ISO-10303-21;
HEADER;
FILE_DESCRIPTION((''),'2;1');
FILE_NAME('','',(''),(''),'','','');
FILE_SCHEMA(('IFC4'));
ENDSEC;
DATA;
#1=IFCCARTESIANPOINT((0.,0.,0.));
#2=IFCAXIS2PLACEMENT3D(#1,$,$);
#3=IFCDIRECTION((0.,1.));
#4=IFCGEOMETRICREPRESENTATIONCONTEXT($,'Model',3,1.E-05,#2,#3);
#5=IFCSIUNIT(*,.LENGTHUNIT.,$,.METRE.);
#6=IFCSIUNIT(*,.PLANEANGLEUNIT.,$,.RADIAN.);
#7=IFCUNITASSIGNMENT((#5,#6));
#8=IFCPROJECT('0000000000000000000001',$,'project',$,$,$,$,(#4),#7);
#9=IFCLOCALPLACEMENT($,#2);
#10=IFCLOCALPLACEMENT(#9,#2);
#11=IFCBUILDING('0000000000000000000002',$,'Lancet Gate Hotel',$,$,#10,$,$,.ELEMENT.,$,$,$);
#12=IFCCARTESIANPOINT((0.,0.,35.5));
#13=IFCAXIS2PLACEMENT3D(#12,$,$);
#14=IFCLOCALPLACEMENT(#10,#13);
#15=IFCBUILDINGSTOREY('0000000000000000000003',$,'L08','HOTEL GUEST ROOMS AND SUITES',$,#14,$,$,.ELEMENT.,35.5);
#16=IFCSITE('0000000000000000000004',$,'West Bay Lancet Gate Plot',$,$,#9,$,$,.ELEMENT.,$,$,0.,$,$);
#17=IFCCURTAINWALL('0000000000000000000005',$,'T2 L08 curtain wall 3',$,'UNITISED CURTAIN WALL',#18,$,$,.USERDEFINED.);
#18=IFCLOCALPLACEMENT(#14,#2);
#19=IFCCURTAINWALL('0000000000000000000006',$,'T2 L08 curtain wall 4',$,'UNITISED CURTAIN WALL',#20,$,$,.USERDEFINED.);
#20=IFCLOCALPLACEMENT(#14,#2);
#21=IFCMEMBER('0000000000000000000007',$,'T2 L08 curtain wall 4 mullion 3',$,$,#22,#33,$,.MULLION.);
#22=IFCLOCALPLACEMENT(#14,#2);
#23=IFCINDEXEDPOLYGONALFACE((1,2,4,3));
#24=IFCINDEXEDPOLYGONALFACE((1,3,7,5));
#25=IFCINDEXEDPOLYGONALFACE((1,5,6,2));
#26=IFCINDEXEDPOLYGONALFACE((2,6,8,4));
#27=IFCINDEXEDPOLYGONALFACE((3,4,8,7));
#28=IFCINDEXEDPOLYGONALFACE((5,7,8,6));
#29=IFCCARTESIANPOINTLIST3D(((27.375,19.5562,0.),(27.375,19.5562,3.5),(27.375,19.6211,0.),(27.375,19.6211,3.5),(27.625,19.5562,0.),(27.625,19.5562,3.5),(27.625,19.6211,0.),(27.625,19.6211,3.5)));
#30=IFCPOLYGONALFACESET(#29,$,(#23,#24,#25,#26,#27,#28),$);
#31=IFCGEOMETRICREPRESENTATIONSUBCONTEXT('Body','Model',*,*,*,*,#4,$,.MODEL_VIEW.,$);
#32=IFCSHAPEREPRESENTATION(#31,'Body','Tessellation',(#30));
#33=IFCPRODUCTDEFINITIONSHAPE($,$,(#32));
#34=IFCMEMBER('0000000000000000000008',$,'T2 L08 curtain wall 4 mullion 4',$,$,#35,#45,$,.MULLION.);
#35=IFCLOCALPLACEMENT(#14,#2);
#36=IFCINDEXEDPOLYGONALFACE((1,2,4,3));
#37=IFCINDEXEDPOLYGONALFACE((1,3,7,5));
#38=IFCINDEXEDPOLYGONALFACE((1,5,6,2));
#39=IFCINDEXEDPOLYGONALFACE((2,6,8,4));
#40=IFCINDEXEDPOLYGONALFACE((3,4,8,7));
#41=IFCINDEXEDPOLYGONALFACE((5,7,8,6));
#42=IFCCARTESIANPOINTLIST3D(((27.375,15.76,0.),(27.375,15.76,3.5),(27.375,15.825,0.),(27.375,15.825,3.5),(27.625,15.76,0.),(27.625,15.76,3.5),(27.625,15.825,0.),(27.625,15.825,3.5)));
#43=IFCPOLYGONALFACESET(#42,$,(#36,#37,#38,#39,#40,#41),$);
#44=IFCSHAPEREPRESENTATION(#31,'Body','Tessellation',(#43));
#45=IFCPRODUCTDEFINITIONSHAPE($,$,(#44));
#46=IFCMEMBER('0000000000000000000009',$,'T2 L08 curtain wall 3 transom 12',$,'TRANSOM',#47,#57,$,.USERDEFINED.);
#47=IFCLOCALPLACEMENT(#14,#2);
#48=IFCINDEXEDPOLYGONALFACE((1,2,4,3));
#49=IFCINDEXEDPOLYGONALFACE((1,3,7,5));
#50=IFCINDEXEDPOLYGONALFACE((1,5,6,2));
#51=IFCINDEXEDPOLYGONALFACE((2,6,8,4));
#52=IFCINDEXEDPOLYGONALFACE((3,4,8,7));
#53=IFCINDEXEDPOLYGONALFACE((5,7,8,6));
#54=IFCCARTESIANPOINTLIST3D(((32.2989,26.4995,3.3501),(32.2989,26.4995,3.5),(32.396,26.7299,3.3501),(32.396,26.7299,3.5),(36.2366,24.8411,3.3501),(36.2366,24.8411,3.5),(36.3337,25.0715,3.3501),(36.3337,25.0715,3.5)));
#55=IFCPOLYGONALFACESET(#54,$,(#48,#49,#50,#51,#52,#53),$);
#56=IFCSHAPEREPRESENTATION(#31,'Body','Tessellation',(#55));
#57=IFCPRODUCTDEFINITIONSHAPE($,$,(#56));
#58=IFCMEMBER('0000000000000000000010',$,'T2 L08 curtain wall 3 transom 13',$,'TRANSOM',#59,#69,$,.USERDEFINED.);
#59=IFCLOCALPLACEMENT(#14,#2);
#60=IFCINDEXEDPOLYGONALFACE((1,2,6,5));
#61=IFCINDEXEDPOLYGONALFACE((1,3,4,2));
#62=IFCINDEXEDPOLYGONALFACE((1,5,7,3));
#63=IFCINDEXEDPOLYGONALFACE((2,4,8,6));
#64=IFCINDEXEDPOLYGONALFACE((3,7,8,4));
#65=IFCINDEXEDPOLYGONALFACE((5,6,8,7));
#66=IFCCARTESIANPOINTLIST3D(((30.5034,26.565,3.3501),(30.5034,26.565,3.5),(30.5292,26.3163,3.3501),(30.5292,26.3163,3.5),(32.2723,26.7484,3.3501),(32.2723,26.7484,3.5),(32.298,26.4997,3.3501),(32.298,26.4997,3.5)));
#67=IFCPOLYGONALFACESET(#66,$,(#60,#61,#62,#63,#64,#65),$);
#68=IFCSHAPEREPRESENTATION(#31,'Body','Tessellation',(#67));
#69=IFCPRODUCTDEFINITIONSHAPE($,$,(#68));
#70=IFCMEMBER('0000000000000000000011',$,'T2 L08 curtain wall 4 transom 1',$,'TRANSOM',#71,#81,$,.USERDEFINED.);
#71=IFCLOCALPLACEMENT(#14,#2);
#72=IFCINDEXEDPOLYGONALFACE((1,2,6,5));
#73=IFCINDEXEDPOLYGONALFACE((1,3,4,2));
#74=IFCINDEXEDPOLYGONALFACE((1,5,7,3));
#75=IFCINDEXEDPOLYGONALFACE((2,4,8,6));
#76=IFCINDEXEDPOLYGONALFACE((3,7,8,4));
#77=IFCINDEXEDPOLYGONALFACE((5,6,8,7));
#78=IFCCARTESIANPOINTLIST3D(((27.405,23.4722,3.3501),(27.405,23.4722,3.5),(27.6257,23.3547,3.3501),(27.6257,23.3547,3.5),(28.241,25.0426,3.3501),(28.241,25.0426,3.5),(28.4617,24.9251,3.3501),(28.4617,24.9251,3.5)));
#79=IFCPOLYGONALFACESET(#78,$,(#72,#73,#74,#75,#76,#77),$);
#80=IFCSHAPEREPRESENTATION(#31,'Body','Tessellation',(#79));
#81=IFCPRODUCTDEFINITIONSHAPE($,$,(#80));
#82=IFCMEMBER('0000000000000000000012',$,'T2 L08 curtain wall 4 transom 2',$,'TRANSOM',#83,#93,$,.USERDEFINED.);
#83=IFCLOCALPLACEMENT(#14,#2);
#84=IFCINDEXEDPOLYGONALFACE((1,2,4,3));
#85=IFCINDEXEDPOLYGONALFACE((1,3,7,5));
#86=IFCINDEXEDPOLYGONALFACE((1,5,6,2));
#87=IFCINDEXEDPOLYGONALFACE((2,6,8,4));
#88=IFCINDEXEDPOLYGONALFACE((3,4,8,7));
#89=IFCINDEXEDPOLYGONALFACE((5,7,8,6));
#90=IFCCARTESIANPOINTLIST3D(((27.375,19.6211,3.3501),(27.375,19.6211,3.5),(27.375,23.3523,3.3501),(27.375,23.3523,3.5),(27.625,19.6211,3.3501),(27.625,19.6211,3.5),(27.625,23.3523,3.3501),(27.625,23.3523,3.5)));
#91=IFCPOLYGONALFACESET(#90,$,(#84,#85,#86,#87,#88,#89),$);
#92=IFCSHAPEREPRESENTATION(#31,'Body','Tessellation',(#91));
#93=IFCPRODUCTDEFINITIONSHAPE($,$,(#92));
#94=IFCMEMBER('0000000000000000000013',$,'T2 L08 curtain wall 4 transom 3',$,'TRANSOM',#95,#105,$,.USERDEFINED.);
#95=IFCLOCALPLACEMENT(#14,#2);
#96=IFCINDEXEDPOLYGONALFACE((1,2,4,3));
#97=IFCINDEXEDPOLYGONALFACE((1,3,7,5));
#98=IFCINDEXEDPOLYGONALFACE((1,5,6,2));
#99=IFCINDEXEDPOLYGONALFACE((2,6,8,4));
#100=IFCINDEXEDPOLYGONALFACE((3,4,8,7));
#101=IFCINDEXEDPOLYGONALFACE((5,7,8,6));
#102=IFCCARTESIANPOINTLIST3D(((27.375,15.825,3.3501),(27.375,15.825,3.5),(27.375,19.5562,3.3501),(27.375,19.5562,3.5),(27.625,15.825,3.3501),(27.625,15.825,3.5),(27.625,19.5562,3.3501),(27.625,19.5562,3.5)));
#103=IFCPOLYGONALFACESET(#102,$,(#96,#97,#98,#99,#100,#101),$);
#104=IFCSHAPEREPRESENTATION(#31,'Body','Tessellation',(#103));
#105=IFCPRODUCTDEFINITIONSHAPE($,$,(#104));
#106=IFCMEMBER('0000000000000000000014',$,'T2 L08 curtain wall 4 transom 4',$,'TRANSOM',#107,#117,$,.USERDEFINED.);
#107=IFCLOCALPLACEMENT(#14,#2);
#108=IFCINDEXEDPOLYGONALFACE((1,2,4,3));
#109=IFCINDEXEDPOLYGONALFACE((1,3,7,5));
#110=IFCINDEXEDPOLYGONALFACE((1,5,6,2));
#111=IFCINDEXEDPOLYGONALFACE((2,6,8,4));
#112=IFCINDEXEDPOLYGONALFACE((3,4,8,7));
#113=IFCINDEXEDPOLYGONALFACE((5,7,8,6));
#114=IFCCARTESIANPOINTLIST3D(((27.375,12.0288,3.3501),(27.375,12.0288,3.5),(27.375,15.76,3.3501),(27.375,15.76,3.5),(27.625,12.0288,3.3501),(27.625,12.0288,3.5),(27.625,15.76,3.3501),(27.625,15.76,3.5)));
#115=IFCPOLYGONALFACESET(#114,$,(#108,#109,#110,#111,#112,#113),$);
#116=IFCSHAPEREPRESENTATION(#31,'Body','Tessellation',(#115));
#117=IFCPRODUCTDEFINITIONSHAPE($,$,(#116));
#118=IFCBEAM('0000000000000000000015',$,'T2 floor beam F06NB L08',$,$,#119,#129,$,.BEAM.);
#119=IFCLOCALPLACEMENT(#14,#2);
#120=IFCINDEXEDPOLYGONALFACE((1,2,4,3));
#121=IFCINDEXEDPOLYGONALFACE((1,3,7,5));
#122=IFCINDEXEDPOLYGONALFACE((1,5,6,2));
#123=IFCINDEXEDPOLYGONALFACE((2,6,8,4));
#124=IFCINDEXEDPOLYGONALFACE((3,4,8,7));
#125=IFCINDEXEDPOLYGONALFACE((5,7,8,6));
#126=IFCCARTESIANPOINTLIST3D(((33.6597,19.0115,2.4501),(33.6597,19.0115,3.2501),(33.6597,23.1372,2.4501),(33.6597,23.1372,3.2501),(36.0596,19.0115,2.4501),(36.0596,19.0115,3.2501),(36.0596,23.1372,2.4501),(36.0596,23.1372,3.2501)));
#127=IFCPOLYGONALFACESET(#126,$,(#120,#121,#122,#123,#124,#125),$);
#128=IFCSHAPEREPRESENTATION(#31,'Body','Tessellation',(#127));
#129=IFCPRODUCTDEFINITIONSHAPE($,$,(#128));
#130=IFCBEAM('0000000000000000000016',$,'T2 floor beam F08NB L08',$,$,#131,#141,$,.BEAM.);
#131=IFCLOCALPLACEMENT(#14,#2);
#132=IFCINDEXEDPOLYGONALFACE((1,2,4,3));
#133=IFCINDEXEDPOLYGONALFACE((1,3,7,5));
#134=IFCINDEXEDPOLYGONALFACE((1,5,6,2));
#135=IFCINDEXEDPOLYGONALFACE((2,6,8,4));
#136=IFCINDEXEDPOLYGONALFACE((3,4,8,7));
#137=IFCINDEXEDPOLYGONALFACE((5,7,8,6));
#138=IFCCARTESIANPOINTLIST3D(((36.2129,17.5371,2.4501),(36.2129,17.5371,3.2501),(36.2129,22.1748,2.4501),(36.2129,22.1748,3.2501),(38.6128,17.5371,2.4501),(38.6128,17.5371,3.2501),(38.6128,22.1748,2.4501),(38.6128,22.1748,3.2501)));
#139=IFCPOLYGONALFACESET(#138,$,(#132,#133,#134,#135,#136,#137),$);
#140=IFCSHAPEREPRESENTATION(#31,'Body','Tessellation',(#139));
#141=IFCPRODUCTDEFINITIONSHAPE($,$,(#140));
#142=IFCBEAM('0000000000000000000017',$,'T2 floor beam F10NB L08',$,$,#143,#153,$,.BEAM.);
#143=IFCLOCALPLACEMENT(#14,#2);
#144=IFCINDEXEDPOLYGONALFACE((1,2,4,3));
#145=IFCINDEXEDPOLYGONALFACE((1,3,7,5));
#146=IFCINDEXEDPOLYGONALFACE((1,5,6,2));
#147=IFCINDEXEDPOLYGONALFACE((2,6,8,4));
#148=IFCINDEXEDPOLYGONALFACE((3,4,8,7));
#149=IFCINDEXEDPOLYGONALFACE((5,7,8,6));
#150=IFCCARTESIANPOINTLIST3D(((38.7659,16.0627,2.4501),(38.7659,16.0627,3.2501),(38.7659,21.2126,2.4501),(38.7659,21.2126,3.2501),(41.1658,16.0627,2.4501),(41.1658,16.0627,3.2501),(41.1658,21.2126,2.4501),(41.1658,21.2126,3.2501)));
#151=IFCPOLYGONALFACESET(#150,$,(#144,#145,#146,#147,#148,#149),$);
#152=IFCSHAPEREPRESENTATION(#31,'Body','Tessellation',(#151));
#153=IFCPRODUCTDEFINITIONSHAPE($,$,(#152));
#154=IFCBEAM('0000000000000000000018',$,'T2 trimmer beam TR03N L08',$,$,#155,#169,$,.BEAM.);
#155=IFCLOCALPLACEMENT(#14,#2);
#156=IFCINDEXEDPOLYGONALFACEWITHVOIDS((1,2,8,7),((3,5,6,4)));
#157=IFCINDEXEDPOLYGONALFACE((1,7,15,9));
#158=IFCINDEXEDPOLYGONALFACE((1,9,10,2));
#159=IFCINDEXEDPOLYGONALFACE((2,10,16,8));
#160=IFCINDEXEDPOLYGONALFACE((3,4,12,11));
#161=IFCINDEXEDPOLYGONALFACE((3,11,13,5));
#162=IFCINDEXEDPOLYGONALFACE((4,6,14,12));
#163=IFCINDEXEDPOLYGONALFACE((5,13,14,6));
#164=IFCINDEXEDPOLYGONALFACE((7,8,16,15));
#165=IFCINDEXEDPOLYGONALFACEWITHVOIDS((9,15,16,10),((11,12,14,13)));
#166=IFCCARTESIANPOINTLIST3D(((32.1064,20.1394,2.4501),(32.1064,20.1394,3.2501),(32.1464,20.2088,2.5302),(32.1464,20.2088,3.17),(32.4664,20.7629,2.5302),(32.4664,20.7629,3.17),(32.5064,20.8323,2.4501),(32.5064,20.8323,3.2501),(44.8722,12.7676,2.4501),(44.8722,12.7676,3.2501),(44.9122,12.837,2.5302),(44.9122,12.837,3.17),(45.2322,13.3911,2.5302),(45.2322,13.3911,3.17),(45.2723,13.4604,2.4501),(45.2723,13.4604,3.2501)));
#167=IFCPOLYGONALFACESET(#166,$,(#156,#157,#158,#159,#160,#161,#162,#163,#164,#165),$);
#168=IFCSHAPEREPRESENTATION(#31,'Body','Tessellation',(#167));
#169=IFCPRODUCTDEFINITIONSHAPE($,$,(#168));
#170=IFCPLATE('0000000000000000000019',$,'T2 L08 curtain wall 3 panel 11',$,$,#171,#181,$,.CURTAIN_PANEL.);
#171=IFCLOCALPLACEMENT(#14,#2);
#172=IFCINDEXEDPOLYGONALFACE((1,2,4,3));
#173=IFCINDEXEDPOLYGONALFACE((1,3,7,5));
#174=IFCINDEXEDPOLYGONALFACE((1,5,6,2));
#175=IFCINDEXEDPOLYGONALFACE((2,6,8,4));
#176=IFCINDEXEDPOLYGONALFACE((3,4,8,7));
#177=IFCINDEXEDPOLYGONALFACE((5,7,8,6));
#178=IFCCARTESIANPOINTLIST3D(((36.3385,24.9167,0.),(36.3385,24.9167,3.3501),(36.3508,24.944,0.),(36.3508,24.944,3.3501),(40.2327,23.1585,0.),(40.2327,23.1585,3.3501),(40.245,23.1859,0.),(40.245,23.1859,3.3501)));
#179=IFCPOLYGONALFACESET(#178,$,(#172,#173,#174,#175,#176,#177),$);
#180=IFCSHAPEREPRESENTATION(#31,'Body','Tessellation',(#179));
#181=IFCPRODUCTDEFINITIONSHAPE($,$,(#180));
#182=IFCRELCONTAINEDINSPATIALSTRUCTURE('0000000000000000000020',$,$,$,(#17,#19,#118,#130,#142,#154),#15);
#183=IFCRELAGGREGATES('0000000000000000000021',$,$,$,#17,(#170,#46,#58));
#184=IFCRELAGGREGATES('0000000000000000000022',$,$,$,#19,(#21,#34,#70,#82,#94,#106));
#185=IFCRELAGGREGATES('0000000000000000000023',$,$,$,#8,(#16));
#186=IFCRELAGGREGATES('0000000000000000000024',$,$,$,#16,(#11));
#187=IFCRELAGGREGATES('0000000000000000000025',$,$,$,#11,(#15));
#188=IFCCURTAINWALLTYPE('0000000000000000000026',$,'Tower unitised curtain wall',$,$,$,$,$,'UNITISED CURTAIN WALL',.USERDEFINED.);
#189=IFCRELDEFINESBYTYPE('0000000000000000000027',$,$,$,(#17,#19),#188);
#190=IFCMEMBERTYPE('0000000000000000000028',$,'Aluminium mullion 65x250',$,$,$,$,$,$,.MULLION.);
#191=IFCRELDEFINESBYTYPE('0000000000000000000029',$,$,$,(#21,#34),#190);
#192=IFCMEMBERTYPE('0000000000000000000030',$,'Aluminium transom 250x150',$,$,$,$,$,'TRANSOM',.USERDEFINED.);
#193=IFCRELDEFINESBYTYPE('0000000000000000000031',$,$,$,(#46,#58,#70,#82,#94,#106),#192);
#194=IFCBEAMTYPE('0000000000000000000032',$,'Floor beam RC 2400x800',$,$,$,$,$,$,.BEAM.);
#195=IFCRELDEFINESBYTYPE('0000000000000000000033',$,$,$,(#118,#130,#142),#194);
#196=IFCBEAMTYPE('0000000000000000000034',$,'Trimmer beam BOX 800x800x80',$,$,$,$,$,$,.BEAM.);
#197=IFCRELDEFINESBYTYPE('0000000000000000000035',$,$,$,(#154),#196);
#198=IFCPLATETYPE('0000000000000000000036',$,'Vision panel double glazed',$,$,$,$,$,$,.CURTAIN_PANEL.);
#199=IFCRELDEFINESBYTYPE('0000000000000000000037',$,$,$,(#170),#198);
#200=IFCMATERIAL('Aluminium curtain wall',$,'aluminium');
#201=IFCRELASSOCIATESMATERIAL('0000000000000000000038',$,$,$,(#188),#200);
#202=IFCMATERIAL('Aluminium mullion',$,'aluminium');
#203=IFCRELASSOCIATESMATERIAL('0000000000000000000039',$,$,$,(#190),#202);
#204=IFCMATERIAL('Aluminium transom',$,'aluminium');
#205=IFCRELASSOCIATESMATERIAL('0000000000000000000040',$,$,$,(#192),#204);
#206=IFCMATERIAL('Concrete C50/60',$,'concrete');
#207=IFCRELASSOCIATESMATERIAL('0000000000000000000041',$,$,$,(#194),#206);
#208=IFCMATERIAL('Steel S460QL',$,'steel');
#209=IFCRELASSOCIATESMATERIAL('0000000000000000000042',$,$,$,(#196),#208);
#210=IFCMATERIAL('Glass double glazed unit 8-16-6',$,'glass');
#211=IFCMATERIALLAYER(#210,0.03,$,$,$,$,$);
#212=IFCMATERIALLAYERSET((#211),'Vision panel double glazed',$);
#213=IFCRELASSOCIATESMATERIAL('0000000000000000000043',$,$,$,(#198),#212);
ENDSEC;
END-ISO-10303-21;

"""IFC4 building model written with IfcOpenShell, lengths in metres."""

from ifc_helpers import new_model, si_unit, direction, frame, origin, origin_2d, place, context, subcontext, project, spatial, rectangle, hollow_rectangle, extrude, material, layer, layer_set, material_profile, profile_set, type_object, element, aggregate, save


model = new_model("IFC4")

# Units and contexts
model_context = context("Model", 3, precision=1e-05, world=origin(), true_north=direction((0.0, 1.0)))
body_context = subcontext(model_context, "Body", "Model", "MODEL_VIEW")
ifc_project = project(units=[si_unit("LENGTHUNIT", "METRE"), si_unit("PLANEANGLEUNIT", "RADIAN")], contexts=[model_context])

# Site, building, storey
site_placement = place(None, origin())
site = spatial("IfcSite", under=ifc_project, at=site_placement, Name="West Bay Lancet Gate Plot", CompositionType="ELEMENT", RefElevation=0.0)
building_placement = place(site_placement, origin())
building = spatial("IfcBuilding", under=site, at=building_placement, Name="Lancet Gate Hotel", CompositionType="ELEMENT")
storey_placement = place(building_placement, frame((0.0, 0.0, 35.5)))
storey = spatial("IfcBuildingStorey", under=building, at=storey_placement, Name="L08", Description="HOTEL GUEST ROOMS AND SUITES", CompositionType="ELEMENT", Elevation=35.5)

# Curtain walls, members
ifc_material_1 = material(Name="Aluminium curtain wall", Category="aluminium")
curtain_wall_type = type_object("IfcCurtainWallType", Name="Tower unitised curtain wall", ElementType="UNITISED CURTAIN WALL", PredefinedType="USERDEFINED", material=ifc_material_1)
curtain_wall_1_placement = place(storey_placement, origin())
curtain_wall_1 = element("IfcCurtainWall", 1, at=curtain_wall_1_placement, inside=storey, type_object=curtain_wall_type, Name="T2 L08 curtain wall 3", ObjectType="UNITISED CURTAIN WALL", PredefinedType="USERDEFINED")
ifc_material_2 = material(Name="Aluminium mullion", Category="aluminium")
ifc_material_profile_1 = material_profile(ifc_material_2, rectangle(XDim=0.0649, YDim=0.25, at=origin_2d()), Name="MULLION 65x250")
ifc_profile_set_1 = profile_set([ifc_material_profile_1], Name="Aluminium mullion")
member_type_1 = type_object("IfcMemberType", Name="Aluminium mullion 65x250", PredefinedType="MULLION", material=ifc_profile_set_1)
curtain_wall_2_placement = place(storey_placement, origin())
curtain_wall_2 = element("IfcCurtainWall", 2, at=curtain_wall_2_placement, inside=storey, type_object=curtain_wall_type, Name="T2 L08 curtain wall 4", ObjectType="UNITISED CURTAIN WALL", PredefinedType="USERDEFINED")
member_1_placement = place(storey_placement, frame((27.5, 19.5886, 0.0), z_axis=(0.0, 0.0, 1.0), x_axis=(0.0, -1.0, 0.0)))
member_1 = element("IfcMember", 3, at=member_1_placement, type_object=member_type_1, Name="T2 L08 curtain wall 4 mullion 3", PredefinedType="MULLION", context=body_context, shape_type="SweptSolid", body=[
    extrude(rectangle(XDim=0.0649, YDim=0.25, at=origin_2d()), origin(), (0.0, 0.0, 1.0), 3.5),
])
member_2_placement = place(storey_placement, frame((27.5, 15.7925, 0.0), z_axis=(0.0, 0.0, 1.0), x_axis=(0.0, -1.0, 0.0)))
member_2 = element("IfcMember", 4, at=member_2_placement, type_object=member_type_1, Name="T2 L08 curtain wall 4 mullion 4", PredefinedType="MULLION", context=body_context, shape_type="SweptSolid", body=[
    extrude(rectangle(XDim=0.0649, YDim=0.25, at=origin_2d()), origin(), (0.0, 0.0, 1.0), 3.5),
])

# Members
ifc_material_3 = material(Name="Aluminium transom", Category="aluminium")
ifc_material_profile_2 = material_profile(ifc_material_3, rectangle(XDim=0.25, YDim=0.1499, at=origin_2d()), Name="TRANSOM 250x150")
ifc_profile_set_2 = profile_set([ifc_material_profile_2], Name="Aluminium transom")
member_type_2 = type_object("IfcMemberType", Name="Aluminium transom 250x150", ElementType="TRANSOM", PredefinedType="USERDEFINED", material=ifc_profile_set_2)
member_3_placement = place(storey_placement, frame((36.2852, 24.9563, 3.425), z_axis=(-0.921598, 0.388146, 0.0), x_axis=(-0.388146, -0.921598, 0.0)))
member_3 = element("IfcMember", 5, at=member_3_placement, type_object=member_type_2, Name="T2 L08 curtain wall 3 transom 12", ObjectType="TRANSOM", PredefinedType="USERDEFINED", context=body_context, shape_type="SweptSolid", body=[
    extrude(rectangle(XDim=0.25, YDim=0.1499, at=origin_2d()), origin(), (0.0, 0.0, 1.0), 4.2727),
])
member_4_placement = place(storey_placement, frame((32.2852, 26.624, 3.425), z_axis=(-0.99467, -0.103105, 0.0), x_axis=(0.103105, -0.99467, 0.0)))
member_4 = element("IfcMember", 6, at=member_4_placement, type_object=member_type_2, Name="T2 L08 curtain wall 3 transom 13", ObjectType="TRANSOM", PredefinedType="USERDEFINED", context=body_context, shape_type="SweptSolid", body=[
    extrude(rectangle(XDim=0.25, YDim=0.1499, at=origin_2d()), origin(), (0.0, 0.0, 1.0), 1.7783),
])
member_5_placement = place(storey_placement, frame((28.3513, 24.9839, 3.425), z_axis=(-0.469904, -0.882717, 0.0), x_axis=(0.882717, -0.469904, 0.0)))
member_5 = element("IfcMember", 7, at=member_5_placement, type_object=member_type_2, Name="T2 L08 curtain wall 4 transom 1", ObjectType="TRANSOM", PredefinedType="USERDEFINED", context=body_context, shape_type="SweptSolid", body=[
    extrude(rectangle(XDim=0.25, YDim=0.1499, at=origin_2d()), origin(), (0.0, 0.0, 1.0), 1.7791),
])
member_6_placement = place(storey_placement, frame((27.5, 23.3523, 3.425), z_axis=(0.0, -1.0, 0.0), x_axis=(1.0, 0.0, 0.0)))
member_6 = element("IfcMember", 8, at=member_6_placement, type_object=member_type_2, Name="T2 L08 curtain wall 4 transom 2", ObjectType="TRANSOM", PredefinedType="USERDEFINED", context=body_context, shape_type="SweptSolid", body=[
    extrude(rectangle(XDim=0.25, YDim=0.1499, at=origin_2d()), origin(), (0.0, 0.0, 1.0), 3.7312),
])
member_7_placement = place(storey_placement, frame((27.5, 19.5562, 3.425), z_axis=(0.0, -1.0, 0.0), x_axis=(1.0, 0.0, 0.0)))
member_7 = element("IfcMember", 9, at=member_7_placement, type_object=member_type_2, Name="T2 L08 curtain wall 4 transom 3", ObjectType="TRANSOM", PredefinedType="USERDEFINED", context=body_context, shape_type="SweptSolid", body=[
    extrude(rectangle(XDim=0.25, YDim=0.1499, at=origin_2d()), origin(), (0.0, 0.0, 1.0), 3.7312),
])
member_8_placement = place(storey_placement, frame((27.5, 15.76, 3.425), z_axis=(0.0, -1.0, 0.0), x_axis=(1.0, 0.0, 0.0)))
member_8 = element("IfcMember", 10, at=member_8_placement, type_object=member_type_2, Name="T2 L08 curtain wall 4 transom 4", ObjectType="TRANSOM", PredefinedType="USERDEFINED", context=body_context, shape_type="SweptSolid", body=[
    extrude(rectangle(XDim=0.25, YDim=0.1499, at=origin_2d()), origin(), (0.0, 0.0, 1.0), 3.7312),
])

# Beams
ifc_material_4 = material(Name="Concrete C50/60", Category="concrete")
ifc_material_profile_3 = material_profile(ifc_material_4, rectangle(XDim=2.3999, YDim=0.8, at=origin_2d()), Name="RC 2400x800")
ifc_profile_set_3 = profile_set([ifc_material_profile_3], Name="Concrete C50/60")
beam_type_1 = type_object("IfcBeamType", Name="Floor beam RC 2400x800", PredefinedType="BEAM", material=ifc_profile_set_3)
beam_1_placement = place(storey_placement, frame((34.8596, 19.0115, 2.8501), z_axis=(0.0, 1.0, 0.0), x_axis=(-1.0, 0.0, 0.0)))
element("IfcBeam", 11, at=beam_1_placement, inside=storey, type_object=beam_type_1, Name="T2 floor beam F06NB L08", PredefinedType="BEAM", context=body_context, shape_type="SweptSolid", body=[
    extrude(rectangle(XDim=2.3999, YDim=0.8, at=origin_2d()), origin(), (0.0, 0.0, 1.0), 4.1257),
])
beam_2_placement = place(storey_placement, frame((37.4128, 17.5371, 2.8501), z_axis=(0.0, 1.0, 0.0), x_axis=(-1.0, 0.0, 0.0)))
element("IfcBeam", 12, at=beam_2_placement, inside=storey, type_object=beam_type_1, Name="T2 floor beam F08NB L08", PredefinedType="BEAM", context=body_context, shape_type="SweptSolid", body=[
    extrude(rectangle(XDim=2.3999, YDim=0.8, at=origin_2d()), origin(), (0.0, 0.0, 1.0), 4.6377),
])
beam_3_placement = place(storey_placement, frame((39.9658, 16.0627, 2.8501), z_axis=(0.0, 1.0, 0.0), x_axis=(-1.0, 0.0, 0.0)))
element("IfcBeam", 13, at=beam_3_placement, inside=storey, type_object=beam_type_1, Name="T2 floor beam F10NB L08", PredefinedType="BEAM", context=body_context, shape_type="SweptSolid", body=[
    extrude(rectangle(XDim=2.3999, YDim=0.8, at=origin_2d()), origin(), (0.0, 0.0, 1.0), 5.1499),
])
ifc_material_5 = material(Name="Steel S460QL", Category="steel")
ifc_material_profile_4 = material_profile(ifc_material_5, hollow_rectangle(XDim=0.8, YDim=0.8, WallThickness=0.0801, at=origin_2d()), Name="BOX 800x800x80")
ifc_profile_set_4 = profile_set([ifc_material_profile_4], Name="Steel S460QL")
beam_type_2 = type_object("IfcBeamType", Name="Trimmer beam BOX 800x800x80", PredefinedType="BEAM", material=ifc_profile_set_4)
beam_4_placement = place(storey_placement, frame((32.3064, 20.4858, 2.8501), z_axis=(0.865983, -0.500074, 0.0), x_axis=(0.500074, 0.865983, 0.0)))
element("IfcBeam", 14, at=beam_4_placement, inside=storey, type_object=beam_type_2, Name="T2 trimmer beam TR03N L08", PredefinedType="BEAM", context=body_context, shape_type="SweptSolid", body=[
    extrude(hollow_rectangle(XDim=0.8, YDim=0.8, WallThickness=0.0801, at=origin_2d()), origin(), (0.0, 0.0, 1.0), 14.7415),
])

# Plate
ifc_material_6 = material(Name="Glass double glazed unit 8-16-6", Category="glass")
ifc_layer_1 = layer(ifc_material_6, 0.03)
ifc_layer_set_1 = layer_set([ifc_layer_1], Name="Vision panel double glazed")
plate_type = type_object("IfcPlateType", Name="Vision panel double glazed", PredefinedType="CURTAIN_PANEL", material=ifc_layer_set_1)
plate_1_placement = place(storey_placement, frame((38.2917, 24.0513, 0.0), z_axis=(0.0, 0.0, 1.0), x_axis=(-0.911416, 0.411487, 0.0)))
plate_1 = element("IfcPlate", 15, at=plate_1_placement, type_object=plate_type, Name="T2 L08 curtain wall 3 panel 11", PredefinedType="CURTAIN_PANEL", context=body_context, shape_type="SweptSolid", body=[
    extrude(rectangle(XDim=4.2727, YDim=0.03, at=origin_2d()), origin(), (0.0, 0.0, 1.0), 3.3501),
])
aggregate(curtain_wall_1, [plate_1, member_3, member_4])
aggregate(curtain_wall_2, [member_1, member_2, member_5, member_6, member_7, member_8])

save(model, "model.ifc")
